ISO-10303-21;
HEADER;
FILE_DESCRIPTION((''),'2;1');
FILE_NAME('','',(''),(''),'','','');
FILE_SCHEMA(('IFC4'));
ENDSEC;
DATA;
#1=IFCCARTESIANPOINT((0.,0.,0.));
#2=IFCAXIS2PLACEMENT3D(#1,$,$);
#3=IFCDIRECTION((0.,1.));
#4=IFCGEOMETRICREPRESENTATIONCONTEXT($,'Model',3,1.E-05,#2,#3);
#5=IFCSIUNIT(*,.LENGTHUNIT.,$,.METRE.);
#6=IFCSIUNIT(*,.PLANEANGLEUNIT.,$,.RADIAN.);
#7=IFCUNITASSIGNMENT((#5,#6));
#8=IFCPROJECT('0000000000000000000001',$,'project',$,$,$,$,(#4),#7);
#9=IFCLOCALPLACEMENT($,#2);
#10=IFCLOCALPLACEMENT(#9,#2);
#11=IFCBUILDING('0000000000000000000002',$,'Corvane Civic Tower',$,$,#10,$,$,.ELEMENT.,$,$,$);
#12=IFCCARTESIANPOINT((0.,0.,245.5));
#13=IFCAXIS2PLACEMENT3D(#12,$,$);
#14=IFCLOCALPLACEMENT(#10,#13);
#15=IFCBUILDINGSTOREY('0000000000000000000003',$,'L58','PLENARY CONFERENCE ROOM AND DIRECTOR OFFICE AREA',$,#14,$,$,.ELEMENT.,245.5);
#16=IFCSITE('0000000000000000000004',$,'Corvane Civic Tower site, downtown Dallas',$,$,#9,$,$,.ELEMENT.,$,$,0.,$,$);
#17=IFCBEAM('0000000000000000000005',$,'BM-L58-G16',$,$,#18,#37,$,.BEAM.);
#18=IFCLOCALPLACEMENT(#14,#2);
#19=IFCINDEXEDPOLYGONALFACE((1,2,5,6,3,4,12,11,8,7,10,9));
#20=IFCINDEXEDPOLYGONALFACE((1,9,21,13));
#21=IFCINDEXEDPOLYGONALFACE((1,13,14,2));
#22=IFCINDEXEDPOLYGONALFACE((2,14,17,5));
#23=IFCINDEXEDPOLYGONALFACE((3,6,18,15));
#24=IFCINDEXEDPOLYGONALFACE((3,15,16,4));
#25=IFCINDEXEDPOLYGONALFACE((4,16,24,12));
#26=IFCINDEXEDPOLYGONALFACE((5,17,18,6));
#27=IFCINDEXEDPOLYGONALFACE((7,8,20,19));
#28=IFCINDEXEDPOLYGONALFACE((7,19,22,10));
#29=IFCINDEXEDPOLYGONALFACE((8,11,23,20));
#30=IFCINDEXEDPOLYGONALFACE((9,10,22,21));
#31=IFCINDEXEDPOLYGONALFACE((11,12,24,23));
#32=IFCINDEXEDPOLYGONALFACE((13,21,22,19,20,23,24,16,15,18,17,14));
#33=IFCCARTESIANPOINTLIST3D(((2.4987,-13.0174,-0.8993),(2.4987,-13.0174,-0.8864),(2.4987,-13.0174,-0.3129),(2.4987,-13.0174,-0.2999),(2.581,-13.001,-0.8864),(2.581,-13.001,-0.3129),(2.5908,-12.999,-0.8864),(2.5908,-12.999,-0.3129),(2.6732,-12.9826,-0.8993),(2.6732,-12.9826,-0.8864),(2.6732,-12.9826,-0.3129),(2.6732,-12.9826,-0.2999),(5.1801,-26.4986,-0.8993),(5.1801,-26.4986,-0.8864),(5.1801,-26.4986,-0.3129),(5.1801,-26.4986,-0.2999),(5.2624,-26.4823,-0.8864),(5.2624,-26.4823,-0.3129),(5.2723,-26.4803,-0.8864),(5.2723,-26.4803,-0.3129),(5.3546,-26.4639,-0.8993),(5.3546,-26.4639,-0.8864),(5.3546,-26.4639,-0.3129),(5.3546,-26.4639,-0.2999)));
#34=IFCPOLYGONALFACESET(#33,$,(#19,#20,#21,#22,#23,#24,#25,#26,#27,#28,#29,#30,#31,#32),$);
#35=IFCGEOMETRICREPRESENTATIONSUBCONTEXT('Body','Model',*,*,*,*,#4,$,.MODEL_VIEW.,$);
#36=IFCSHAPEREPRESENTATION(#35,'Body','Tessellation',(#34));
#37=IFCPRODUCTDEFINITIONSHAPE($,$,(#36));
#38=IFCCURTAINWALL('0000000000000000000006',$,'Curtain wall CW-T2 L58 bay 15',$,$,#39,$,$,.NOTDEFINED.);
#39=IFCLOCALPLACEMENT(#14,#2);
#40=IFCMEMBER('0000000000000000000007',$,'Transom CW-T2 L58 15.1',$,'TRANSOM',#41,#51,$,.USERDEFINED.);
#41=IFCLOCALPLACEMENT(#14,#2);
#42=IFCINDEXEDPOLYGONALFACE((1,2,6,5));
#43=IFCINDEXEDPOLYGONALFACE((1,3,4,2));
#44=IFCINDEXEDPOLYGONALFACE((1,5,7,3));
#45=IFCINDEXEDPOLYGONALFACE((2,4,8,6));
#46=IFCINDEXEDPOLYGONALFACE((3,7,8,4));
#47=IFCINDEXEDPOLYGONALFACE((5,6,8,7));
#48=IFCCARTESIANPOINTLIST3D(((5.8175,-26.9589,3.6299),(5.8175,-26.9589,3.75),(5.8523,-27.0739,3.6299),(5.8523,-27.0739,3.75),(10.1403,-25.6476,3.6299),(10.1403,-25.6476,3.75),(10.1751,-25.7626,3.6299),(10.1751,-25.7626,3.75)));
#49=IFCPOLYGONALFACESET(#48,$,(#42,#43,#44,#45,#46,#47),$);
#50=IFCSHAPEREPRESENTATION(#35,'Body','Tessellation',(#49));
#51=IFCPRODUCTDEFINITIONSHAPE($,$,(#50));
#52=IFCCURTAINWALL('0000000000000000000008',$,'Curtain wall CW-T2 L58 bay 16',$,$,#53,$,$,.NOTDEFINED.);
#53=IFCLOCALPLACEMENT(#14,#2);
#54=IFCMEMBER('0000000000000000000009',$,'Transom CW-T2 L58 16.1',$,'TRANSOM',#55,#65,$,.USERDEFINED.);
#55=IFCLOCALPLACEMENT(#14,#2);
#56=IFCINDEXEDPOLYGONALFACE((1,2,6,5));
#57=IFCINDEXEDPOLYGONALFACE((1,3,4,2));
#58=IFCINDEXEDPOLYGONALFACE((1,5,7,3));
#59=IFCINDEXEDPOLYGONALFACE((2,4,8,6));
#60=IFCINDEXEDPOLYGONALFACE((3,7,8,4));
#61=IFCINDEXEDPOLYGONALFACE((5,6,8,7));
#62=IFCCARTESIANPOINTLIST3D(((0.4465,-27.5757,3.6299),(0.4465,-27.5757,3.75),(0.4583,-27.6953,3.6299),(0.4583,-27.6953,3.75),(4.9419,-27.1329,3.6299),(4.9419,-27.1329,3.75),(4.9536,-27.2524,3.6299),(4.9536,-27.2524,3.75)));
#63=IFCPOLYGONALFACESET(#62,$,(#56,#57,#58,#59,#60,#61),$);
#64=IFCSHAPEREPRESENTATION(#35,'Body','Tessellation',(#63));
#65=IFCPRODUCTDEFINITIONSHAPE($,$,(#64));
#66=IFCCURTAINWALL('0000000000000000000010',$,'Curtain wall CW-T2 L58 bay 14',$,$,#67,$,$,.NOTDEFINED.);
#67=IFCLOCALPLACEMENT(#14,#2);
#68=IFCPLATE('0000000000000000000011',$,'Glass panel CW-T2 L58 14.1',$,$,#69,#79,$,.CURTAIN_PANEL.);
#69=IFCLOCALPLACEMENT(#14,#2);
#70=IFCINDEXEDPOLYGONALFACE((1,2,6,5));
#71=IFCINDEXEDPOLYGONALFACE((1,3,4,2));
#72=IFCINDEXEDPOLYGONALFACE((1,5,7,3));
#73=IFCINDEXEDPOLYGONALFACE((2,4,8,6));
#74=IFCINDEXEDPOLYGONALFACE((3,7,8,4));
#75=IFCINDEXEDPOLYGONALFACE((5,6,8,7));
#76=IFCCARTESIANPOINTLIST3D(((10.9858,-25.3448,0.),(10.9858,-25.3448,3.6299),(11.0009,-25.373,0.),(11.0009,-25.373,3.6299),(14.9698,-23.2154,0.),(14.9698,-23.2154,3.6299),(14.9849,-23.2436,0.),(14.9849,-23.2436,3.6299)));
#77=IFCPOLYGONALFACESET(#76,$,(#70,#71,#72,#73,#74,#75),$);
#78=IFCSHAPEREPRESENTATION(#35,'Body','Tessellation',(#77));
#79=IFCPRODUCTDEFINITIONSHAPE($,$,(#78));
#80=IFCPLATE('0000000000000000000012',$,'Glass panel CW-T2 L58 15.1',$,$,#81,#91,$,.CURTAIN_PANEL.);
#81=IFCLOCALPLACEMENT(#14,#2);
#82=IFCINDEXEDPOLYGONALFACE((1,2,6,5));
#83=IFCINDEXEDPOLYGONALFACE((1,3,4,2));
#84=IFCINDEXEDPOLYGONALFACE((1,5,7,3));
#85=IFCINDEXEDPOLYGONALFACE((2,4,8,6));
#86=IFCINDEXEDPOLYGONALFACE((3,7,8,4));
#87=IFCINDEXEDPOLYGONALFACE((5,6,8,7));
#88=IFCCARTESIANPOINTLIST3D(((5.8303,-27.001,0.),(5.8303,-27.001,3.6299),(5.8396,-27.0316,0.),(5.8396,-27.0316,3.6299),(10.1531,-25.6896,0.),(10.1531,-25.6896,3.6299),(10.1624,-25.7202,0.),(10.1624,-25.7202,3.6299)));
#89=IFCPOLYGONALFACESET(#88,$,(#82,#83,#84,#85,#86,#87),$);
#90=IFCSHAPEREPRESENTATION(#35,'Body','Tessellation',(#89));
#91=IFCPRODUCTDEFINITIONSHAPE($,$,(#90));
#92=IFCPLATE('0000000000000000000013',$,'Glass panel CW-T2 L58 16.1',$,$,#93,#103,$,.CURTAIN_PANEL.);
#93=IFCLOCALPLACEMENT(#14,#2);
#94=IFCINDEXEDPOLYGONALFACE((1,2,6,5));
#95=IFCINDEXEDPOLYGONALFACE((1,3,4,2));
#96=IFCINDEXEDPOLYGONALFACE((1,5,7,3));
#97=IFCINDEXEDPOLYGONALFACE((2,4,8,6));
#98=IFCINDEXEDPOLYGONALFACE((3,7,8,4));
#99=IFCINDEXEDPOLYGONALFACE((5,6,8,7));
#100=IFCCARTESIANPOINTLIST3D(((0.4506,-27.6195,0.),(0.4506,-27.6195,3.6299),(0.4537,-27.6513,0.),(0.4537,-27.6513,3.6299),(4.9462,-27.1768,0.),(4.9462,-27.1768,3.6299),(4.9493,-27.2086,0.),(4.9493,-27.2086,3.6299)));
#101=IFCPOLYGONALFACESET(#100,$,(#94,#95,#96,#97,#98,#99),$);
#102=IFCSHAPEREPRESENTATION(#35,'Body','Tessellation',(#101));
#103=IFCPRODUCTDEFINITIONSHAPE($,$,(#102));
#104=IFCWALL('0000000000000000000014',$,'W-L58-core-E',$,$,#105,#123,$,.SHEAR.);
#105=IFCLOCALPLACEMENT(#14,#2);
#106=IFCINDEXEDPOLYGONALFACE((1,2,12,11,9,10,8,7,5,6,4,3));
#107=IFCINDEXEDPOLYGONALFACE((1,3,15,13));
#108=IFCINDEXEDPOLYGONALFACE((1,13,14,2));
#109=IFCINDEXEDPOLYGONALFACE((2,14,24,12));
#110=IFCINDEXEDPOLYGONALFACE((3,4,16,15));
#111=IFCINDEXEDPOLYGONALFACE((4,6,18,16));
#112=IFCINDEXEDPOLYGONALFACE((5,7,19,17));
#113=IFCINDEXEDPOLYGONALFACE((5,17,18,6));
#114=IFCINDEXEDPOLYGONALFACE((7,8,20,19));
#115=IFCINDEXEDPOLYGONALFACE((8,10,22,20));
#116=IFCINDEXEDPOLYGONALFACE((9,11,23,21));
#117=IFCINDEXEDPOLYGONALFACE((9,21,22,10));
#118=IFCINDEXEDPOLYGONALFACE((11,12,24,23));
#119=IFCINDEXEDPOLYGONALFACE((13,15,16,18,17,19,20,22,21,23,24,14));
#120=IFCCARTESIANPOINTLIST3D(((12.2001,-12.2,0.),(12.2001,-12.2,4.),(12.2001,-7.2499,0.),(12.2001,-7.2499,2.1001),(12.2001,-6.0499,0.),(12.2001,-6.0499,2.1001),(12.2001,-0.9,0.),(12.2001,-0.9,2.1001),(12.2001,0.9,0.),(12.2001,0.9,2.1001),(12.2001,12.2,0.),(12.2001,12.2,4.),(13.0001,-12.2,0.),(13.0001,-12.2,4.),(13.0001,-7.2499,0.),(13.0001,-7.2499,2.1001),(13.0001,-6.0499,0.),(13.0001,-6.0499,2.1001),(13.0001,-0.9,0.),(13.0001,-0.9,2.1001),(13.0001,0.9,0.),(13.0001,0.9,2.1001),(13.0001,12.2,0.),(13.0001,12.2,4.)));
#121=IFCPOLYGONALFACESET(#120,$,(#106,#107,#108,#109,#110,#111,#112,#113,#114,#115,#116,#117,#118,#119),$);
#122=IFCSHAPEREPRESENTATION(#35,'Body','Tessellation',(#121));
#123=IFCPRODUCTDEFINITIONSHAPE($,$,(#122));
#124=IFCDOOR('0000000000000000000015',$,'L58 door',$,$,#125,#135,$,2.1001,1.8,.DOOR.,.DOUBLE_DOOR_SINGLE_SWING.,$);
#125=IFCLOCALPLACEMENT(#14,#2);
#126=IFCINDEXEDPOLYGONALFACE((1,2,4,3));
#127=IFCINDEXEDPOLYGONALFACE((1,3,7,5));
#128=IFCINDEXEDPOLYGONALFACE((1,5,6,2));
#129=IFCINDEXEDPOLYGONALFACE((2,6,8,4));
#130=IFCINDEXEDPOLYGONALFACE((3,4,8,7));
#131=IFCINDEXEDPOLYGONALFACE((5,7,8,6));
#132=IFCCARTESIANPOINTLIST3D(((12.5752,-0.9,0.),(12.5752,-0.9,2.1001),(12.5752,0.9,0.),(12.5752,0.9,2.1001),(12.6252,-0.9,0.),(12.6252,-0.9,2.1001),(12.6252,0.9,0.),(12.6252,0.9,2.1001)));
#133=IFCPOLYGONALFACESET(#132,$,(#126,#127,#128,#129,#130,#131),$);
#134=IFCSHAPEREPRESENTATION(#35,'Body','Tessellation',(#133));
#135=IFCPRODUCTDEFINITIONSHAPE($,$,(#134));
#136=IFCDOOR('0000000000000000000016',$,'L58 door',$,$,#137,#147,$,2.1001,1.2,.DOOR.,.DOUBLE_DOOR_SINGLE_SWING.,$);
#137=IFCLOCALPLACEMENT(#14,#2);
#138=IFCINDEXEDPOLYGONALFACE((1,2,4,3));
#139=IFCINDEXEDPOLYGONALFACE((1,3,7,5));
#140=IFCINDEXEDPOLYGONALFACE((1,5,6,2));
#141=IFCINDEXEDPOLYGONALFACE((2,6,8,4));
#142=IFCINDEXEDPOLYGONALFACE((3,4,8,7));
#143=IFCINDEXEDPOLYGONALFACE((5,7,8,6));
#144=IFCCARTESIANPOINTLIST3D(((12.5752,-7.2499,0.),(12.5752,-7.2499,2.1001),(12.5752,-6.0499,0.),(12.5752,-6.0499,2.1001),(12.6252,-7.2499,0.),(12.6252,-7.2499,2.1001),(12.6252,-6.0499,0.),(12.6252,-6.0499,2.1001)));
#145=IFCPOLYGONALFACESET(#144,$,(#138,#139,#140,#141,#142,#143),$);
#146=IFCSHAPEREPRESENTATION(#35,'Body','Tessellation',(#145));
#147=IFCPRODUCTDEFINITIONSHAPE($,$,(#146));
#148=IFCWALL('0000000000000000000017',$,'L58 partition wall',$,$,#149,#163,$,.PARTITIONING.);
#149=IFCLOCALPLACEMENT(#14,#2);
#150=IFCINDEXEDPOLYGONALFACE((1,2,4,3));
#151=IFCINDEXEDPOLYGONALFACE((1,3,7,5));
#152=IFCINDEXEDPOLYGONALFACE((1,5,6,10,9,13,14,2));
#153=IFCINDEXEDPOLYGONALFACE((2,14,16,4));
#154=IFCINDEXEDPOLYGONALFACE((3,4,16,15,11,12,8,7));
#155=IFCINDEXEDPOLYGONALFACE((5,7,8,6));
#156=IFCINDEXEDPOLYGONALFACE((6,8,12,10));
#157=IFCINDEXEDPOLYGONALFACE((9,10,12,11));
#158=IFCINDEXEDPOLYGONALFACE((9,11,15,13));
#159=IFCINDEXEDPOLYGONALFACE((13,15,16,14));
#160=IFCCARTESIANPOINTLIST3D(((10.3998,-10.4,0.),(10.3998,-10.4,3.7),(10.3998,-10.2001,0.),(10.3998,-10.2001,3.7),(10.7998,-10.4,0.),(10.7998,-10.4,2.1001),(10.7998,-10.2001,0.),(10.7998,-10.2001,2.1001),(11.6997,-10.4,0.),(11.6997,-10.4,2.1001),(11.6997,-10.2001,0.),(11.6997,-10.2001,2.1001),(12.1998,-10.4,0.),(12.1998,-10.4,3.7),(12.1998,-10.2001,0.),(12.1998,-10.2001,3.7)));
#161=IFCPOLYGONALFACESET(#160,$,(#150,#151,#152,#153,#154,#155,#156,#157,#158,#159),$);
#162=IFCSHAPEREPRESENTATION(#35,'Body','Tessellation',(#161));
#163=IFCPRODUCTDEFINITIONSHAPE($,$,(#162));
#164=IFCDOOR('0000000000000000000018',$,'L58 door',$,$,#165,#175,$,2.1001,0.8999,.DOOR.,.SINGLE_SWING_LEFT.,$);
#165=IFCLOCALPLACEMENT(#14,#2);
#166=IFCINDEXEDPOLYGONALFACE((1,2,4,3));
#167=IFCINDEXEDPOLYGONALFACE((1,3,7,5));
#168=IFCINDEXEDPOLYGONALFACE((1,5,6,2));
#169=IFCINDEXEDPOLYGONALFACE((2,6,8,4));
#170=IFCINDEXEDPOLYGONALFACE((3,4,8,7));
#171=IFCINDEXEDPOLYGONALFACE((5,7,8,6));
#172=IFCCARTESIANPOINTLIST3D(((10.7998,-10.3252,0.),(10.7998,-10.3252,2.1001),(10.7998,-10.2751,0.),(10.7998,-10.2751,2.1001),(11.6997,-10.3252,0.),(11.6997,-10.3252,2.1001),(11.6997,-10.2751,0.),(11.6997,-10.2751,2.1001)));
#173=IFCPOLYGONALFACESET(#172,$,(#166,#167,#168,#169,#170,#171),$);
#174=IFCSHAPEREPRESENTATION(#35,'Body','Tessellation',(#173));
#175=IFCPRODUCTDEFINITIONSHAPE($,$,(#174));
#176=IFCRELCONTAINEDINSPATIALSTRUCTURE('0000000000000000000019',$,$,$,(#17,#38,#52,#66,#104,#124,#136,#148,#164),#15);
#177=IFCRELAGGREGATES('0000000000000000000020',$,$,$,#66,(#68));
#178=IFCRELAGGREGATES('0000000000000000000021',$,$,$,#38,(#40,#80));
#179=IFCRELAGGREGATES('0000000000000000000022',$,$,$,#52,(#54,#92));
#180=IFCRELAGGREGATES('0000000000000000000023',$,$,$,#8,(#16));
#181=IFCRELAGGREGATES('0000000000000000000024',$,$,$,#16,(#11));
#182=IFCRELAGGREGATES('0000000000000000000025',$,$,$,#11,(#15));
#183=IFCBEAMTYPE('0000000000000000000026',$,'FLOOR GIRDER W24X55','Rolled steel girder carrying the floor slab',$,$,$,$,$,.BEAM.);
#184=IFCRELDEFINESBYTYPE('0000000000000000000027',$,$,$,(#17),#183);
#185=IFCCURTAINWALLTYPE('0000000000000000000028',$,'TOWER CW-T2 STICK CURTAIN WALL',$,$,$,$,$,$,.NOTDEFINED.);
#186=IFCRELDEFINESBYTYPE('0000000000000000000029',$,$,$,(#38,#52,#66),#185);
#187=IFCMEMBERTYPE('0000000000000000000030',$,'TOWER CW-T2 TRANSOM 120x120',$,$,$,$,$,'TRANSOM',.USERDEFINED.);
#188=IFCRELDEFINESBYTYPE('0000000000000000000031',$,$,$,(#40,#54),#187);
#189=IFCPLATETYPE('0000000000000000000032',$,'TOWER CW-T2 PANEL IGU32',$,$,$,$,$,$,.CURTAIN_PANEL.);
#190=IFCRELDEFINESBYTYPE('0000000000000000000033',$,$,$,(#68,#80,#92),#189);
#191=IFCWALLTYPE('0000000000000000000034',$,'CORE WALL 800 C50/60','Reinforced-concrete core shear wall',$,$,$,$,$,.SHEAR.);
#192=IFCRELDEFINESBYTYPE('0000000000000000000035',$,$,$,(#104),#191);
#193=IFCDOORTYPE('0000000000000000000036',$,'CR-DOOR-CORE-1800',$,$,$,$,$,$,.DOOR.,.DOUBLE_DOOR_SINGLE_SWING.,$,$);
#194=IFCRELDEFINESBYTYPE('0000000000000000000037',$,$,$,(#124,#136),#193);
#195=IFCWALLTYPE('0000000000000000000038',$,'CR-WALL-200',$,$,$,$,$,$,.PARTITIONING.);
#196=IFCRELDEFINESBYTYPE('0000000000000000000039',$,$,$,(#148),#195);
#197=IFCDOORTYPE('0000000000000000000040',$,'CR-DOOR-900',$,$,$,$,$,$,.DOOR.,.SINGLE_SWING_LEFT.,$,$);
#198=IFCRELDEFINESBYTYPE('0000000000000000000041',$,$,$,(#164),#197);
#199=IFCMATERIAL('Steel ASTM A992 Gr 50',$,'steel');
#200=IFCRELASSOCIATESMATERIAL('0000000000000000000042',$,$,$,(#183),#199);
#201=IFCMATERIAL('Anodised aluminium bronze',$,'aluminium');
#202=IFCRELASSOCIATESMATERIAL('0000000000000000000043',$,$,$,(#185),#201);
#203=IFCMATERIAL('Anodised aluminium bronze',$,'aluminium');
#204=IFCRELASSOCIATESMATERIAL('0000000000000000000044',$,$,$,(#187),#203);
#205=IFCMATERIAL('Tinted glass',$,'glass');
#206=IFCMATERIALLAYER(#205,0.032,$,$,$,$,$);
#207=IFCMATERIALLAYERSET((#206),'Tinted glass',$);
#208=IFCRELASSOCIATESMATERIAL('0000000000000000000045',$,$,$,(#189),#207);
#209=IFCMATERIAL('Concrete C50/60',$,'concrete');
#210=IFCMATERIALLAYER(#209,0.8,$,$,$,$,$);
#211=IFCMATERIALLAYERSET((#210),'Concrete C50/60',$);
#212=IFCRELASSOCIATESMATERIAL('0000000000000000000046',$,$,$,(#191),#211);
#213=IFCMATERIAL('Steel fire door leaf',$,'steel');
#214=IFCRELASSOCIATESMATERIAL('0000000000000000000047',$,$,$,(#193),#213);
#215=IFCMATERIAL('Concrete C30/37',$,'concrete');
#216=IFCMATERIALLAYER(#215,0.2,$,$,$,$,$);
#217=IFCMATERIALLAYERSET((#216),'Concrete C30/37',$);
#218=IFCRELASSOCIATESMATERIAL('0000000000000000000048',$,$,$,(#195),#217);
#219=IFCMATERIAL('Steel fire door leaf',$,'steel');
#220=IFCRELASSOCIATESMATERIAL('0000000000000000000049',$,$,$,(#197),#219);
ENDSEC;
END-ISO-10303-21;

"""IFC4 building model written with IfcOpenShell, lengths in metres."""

from ifc_helpers import new_model, si_unit, direction, frame, frame_2d, origin, origin_2d, place, context, subcontext, project, spatial, rectangle, i_section, extrude, material, layer, layer_set, material_profile, profile_set, type_object, element, fill, aggregate, save


model = new_model("IFC4")

# Units and contexts
model_context = context("Model", 3, precision=1e-05, world=origin(), true_north=direction((0.0, 1.0)))
body_context = subcontext(model_context, "Body", "Model", "MODEL_VIEW")
ifc_project = project(units=[si_unit("LENGTHUNIT", "METRE"), si_unit("PLANEANGLEUNIT", "RADIAN")], contexts=[model_context])

# Site, building, storey
site_placement = place(None, origin())
site = spatial("IfcSite", under=ifc_project, at=site_placement, Name="Corvane Civic Tower site, downtown Dallas", CompositionType="ELEMENT", RefElevation=0.0)
building_placement = place(site_placement, origin())
building = spatial("IfcBuilding", under=site, at=building_placement, Name="Corvane Civic Tower", CompositionType="ELEMENT")
storey_placement = place(building_placement, frame((0.0, 0.0, 245.5)))
storey = spatial("IfcBuildingStorey", under=building, at=storey_placement, Name="L58", Description="PLENARY CONFERENCE ROOM AND DIRECTOR OFFICE AREA", CompositionType="ELEMENT", Elevation=245.5)

# Beam
ifc_material_1 = material(Name="Steel ASTM A992 Gr 50", Category="steel")
ifc_material_profile_1 = material_profile(ifc_material_1, i_section(OverallWidth=0.178, OverallDepth=0.5994, WebThickness=0.01, FlangeThickness=0.0129, at=origin_2d()), Name="W24X55")
ifc_profile_set_1 = profile_set([ifc_material_profile_1], Name="Steel ASTM A992 Gr 50")
beam_type_1 = type_object("IfcBeamType", Name="FLOOR GIRDER W24X55", Description="Rolled steel girder carrying the floor slab", PredefinedType="BEAM", material=ifc_profile_set_1)
beam_1_placement = place(storey_placement, frame((2.5859, -13.0, -0.5996), z_axis=(0.195078, -0.980788, 0.0), x_axis=(0.980788, 0.195078, 0.0)))
element("IfcBeam", 1, at=beam_1_placement, inside=storey, type_object=beam_type_1, Name="BM-L58-G16", PredefinedType="BEAM", context=body_context, shape_type="SweptSolid", body=[
    extrude(i_section(OverallWidth=0.178, OverallDepth=0.5994, WebThickness=0.01, FlangeThickness=0.0129, at=origin_2d()), origin(), (0.0, 0.0, 1.0), 13.7454),
])

# Curtain walls, members
ifc_material_2 = material(Name="Anodised aluminium bronze", Category="aluminium")
curtain_wall_type = type_object("IfcCurtainWallType", Name="TOWER CW-T2 STICK CURTAIN WALL", PredefinedType="NOTDEFINED", material=ifc_material_2)
curtain_wall_1_placement = place(storey_placement, origin())
curtain_wall_1 = element("IfcCurtainWall", 2, at=curtain_wall_1_placement, inside=storey, type_object=curtain_wall_type, Name="Curtain wall CW-T2 L58 bay 15", PredefinedType="NOTDEFINED")
ifc_material_3 = material(Name="Anodised aluminium bronze", Category="aluminium")
ifc_material_profile_2 = material_profile(ifc_material_3, rectangle(XDim=0.1201, YDim=0.1201, at=origin_2d()), Name="TOWER CW-T2 TRANSOM 120x120")
ifc_profile_set_2 = profile_set([ifc_material_profile_2], Name="Anodised aluminium bronze")
member_type = type_object("IfcMemberType", Name="TOWER CW-T2 TRANSOM 120x120", ElementType="TRANSOM", PredefinedType="USERDEFINED", material=ifc_profile_set_2)
member_1_placement = place(storey_placement, frame((10.1577, -25.7051, 3.6899), z_axis=(-0.956941, -0.290282, 0.0), x_axis=(0.290282, -0.956941, 0.0)))
member_1 = element("IfcMember", 3, at=member_1_placement, type_object=member_type, Name="Transom CW-T2 L58 15.1", ObjectType="TRANSOM", PredefinedType="USERDEFINED", context=body_context, shape_type="SweptSolid", body=[
    extrude(rectangle(XDim=0.1201, YDim=0.1201, at=origin_2d()), origin(), (0.0, 0.0, 1.0), 4.5173),
])
curtain_wall_2_placement = place(storey_placement, origin())
curtain_wall_2 = element("IfcCurtainWall", 4, at=curtain_wall_2_placement, inside=storey, type_object=curtain_wall_type, Name="Curtain wall CW-T2 L58 bay 16", PredefinedType="NOTDEFINED")
member_2_placement = place(storey_placement, frame((4.9478, -27.1926, 3.6899), z_axis=(-0.995182, -0.098043, 0.0), x_axis=(0.098043, -0.995182, 0.0)))
member_2 = element("IfcMember", 5, at=member_2_placement, type_object=member_type, Name="Transom CW-T2 L58 16.1", ObjectType="TRANSOM", PredefinedType="USERDEFINED", context=body_context, shape_type="SweptSolid", body=[
    extrude(rectangle(XDim=0.1201, YDim=0.1201, at=origin_2d()), origin(), (0.0, 0.0, 1.0), 4.5171),
])

# Curtain wall, plate
curtain_wall_3_placement = place(storey_placement, origin())
curtain_wall_3 = element("IfcCurtainWall", 6, at=curtain_wall_3_placement, inside=storey, type_object=curtain_wall_type, Name="Curtain wall CW-T2 L58 bay 14", PredefinedType="NOTDEFINED")
ifc_material_4 = material(Name="Tinted glass", Category="glass")
ifc_layer_1 = layer(ifc_material_4, 0.032)
ifc_layer_set_1 = layer_set([ifc_layer_1], Name="Tinted glass")
plate_type = type_object("IfcPlateType", Name="TOWER CW-T2 PANEL IGU32", PredefinedType="CURTAIN_PANEL", material=ifc_layer_set_1)
plate_1_placement = place(storey_placement, frame((12.9854, -24.2942, 0.0), z_axis=(0.0, 0.0, 1.0), x_axis=(-0.88192, -0.471398, 0.0)))
plate_1 = element("IfcPlate", 7, at=plate_1_placement, type_object=plate_type, Name="Glass panel CW-T2 L58 14.1", PredefinedType="CURTAIN_PANEL", context=body_context, shape_type="SweptSolid", body=[
    extrude(rectangle(XDim=4.5173, YDim=0.032, at=origin_2d()), origin(), (0.0, 0.0, 1.0), 3.6299),
])
aggregate(curtain_wall_3, [plate_1])

# Plates
plate_2_placement = place(storey_placement, frame((7.9963, -26.3606, 0.0), z_axis=(0.0, 0.0, 1.0), x_axis=(-0.956939, -0.29029, 0.0)))
plate_2 = element("IfcPlate", 8, at=plate_2_placement, type_object=plate_type, Name="Glass panel CW-T2 L58 15.1", PredefinedType="CURTAIN_PANEL", context=body_context, shape_type="SweptSolid", body=[
    extrude(rectangle(XDim=4.5173, YDim=0.032, at=origin_2d()), origin(), (0.0, 0.0, 1.0), 3.6299),
])
aggregate(curtain_wall_1, [member_1, plate_2])
plate_3_placement = place(storey_placement, frame((2.7, -27.4141, 0.0), z_axis=(0.0, 0.0, 1.0), x_axis=(-0.995187, -0.097993, 0.0)))
plate_3 = element("IfcPlate", 9, at=plate_3_placement, type_object=plate_type, Name="Glass panel CW-T2 L58 16.1", PredefinedType="CURTAIN_PANEL", context=body_context, shape_type="SweptSolid", body=[
    extrude(rectangle(XDim=4.5173, YDim=0.032, at=origin_2d()), origin(), (0.0, 0.0, 1.0), 3.6299),
])
aggregate(curtain_wall_2, [member_2, plate_3])

# Wall, openings, doors
ifc_material_5 = material(Name="Concrete C50/60", Category="concrete")
ifc_layer_2 = layer(ifc_material_5, 0.8)
ifc_layer_set_2 = layer_set([ifc_layer_2], Name="Concrete C50/60")
wall_type_1 = type_object("IfcWallType", Name="CORE WALL 800 C50/60", Description="Reinforced-concrete core shear wall", PredefinedType="SHEAR", material=ifc_layer_set_2)
wall_1_placement = place(storey_placement, frame((12.6001, -12.2, 0.0), z_axis=(0.0, 0.0, 1.0), x_axis=(0.0, 1.0, 0.0)))
wall_1 = element("IfcWall", 10, at=wall_1_placement, inside=storey, type_object=wall_type_1, Name="W-L58-core-E", PredefinedType="SHEAR", context=body_context, shape_type="SweptSolid", body=[
    extrude(rectangle(XDim=24.3999, YDim=0.8, at=frame_2d((12.2, 0.0))), origin(), (0.0, 0.0, 1.0), 4.0),
])
opening_1_placement = place(wall_1_placement, frame((11.3, 0.0, 0.0)))
opening_1 = element("IfcOpeningElement", 11, at=opening_1_placement, cuts=wall_1, PredefinedType="OPENING", context=body_context, shape_type="SweptSolid", body=[
    extrude(rectangle(XDim=1.8, YDim=2.1001, at=frame_2d((0.8999, 1.05))), frame((0.0, 0.4099, 0.0), z_axis=(0.0, -1.0, 0.0), x_axis=(1.0, 0.0, 0.0)), (0.0, 0.0, 1.0), 0.8201),
])
opening_2_placement = place(wall_1_placement, frame((4.95, 0.0, 0.0)))
opening_2 = element("IfcOpeningElement", 12, at=opening_2_placement, cuts=wall_1, PredefinedType="OPENING", context=body_context, shape_type="SweptSolid", body=[
    extrude(rectangle(XDim=1.2, YDim=2.1001, at=frame_2d((0.6001, 1.05))), frame((0.0, 0.4099, 0.0), z_axis=(0.0, -1.0, 0.0), x_axis=(1.0, 0.0, 0.0)), (0.0, 0.0, 1.0), 0.8201),
])
ifc_material_6 = material(Name="Steel fire door leaf", Category="steel")
door_type_1 = type_object("IfcDoorType", Name="CR-DOOR-CORE-1800", OperationType="DOUBLE_DOOR_SINGLE_SWING", PredefinedType="DOOR", material=ifc_material_6)
door_1_placement = place(opening_1_placement, origin())
door_1 = element("IfcDoor", 13, at=door_1_placement, inside=storey, type_object=door_type_1, Name="L58 door", OperationType="DOUBLE_DOOR_SINGLE_SWING", OverallHeight=2.1001, OverallWidth=1.8, PredefinedType="DOOR", context=body_context, shape_type="SweptSolid", body=[
    extrude(rectangle(XDim=1.8, YDim=2.1001, at=frame_2d((0.8999, 1.05))), frame((0.0, 0.0249, 0.0), z_axis=(0.0, -1.0, 0.0), x_axis=(1.0, 0.0, 0.0)), (0.0, 0.0, 1.0), 0.05),
])
fill(opening_1, door_1)
door_2_placement = place(opening_2_placement, origin())
door_2 = element("IfcDoor", 14, at=door_2_placement, inside=storey, type_object=door_type_1, Name="L58 door", OperationType="DOUBLE_DOOR_SINGLE_SWING", OverallHeight=2.1001, OverallWidth=1.2, PredefinedType="DOOR", context=body_context, shape_type="SweptSolid", body=[
    extrude(rectangle(XDim=1.2, YDim=2.1001, at=frame_2d((0.6001, 1.05))), frame((0.0, 0.0249, 0.0), z_axis=(0.0, -1.0, 0.0), x_axis=(1.0, 0.0, 0.0)), (0.0, 0.0, 1.0), 0.05),
])
fill(opening_2, door_2)

# Wall, opening, door
ifc_material_7 = material(Name="Concrete C30/37", Category="concrete")
ifc_layer_3 = layer(ifc_material_7, 0.2)
ifc_layer_set_3 = layer_set([ifc_layer_3], Name="Concrete C30/37")
wall_type_2 = type_object("IfcWallType", Name="CR-WALL-200", PredefinedType="PARTITIONING", material=ifc_layer_set_3)
wall_2_placement = place(storey_placement, frame((10.3999, -10.3, 0.0), z_axis=(0.0, 0.0, 1.0), x_axis=(1.0, 0.0, 0.0)))
wall_2 = element("IfcWall", 15, at=wall_2_placement, inside=storey, type_object=wall_type_2, Name="L58 partition wall", PredefinedType="PARTITIONING", context=body_context, shape_type="SweptSolid", body=[
    extrude(rectangle(XDim=1.8, YDim=0.2, at=frame_2d((0.8999, 0.0))), origin(), (0.0, 0.0, 1.0), 3.7),
])
opening_3_placement = place(wall_2_placement, frame((0.3999, 0.0, 0.0)))
opening_3 = element("IfcOpeningElement", 16, at=opening_3_placement, cuts=wall_2, PredefinedType="OPENING", context=body_context, shape_type="SweptSolid", body=[
    extrude(rectangle(XDim=0.8999, YDim=2.1001, at=frame_2d((0.45, 1.05))), frame((0.0, 0.1099, 0.0), z_axis=(0.0, -1.0, 0.0), x_axis=(1.0, 0.0, 0.0)), (0.0, 0.0, 1.0), 0.22),
])
ifc_material_8 = material(Name="Steel fire door leaf", Category="steel")
door_type_2 = type_object("IfcDoorType", Name="CR-DOOR-900", OperationType="SINGLE_SWING_LEFT", PredefinedType="DOOR", material=ifc_material_8)
door_3_placement = place(opening_3_placement, origin())
door_3 = element("IfcDoor", 17, at=door_3_placement, inside=storey, type_object=door_type_2, Name="L58 door", OperationType="SINGLE_SWING_LEFT", OverallHeight=2.1001, OverallWidth=0.8999, PredefinedType="DOOR", context=body_context, shape_type="SweptSolid", body=[
    extrude(rectangle(XDim=0.8999, YDim=2.1001, at=frame_2d((0.45, 1.05))), frame((0.0, 0.0249, 0.0), z_axis=(0.0, -1.0, 0.0), x_axis=(1.0, 0.0, 0.0)), (0.0, 0.0, 1.0), 0.05),
])
fill(opening_3, door_3)

save(model, "model.ifc")
